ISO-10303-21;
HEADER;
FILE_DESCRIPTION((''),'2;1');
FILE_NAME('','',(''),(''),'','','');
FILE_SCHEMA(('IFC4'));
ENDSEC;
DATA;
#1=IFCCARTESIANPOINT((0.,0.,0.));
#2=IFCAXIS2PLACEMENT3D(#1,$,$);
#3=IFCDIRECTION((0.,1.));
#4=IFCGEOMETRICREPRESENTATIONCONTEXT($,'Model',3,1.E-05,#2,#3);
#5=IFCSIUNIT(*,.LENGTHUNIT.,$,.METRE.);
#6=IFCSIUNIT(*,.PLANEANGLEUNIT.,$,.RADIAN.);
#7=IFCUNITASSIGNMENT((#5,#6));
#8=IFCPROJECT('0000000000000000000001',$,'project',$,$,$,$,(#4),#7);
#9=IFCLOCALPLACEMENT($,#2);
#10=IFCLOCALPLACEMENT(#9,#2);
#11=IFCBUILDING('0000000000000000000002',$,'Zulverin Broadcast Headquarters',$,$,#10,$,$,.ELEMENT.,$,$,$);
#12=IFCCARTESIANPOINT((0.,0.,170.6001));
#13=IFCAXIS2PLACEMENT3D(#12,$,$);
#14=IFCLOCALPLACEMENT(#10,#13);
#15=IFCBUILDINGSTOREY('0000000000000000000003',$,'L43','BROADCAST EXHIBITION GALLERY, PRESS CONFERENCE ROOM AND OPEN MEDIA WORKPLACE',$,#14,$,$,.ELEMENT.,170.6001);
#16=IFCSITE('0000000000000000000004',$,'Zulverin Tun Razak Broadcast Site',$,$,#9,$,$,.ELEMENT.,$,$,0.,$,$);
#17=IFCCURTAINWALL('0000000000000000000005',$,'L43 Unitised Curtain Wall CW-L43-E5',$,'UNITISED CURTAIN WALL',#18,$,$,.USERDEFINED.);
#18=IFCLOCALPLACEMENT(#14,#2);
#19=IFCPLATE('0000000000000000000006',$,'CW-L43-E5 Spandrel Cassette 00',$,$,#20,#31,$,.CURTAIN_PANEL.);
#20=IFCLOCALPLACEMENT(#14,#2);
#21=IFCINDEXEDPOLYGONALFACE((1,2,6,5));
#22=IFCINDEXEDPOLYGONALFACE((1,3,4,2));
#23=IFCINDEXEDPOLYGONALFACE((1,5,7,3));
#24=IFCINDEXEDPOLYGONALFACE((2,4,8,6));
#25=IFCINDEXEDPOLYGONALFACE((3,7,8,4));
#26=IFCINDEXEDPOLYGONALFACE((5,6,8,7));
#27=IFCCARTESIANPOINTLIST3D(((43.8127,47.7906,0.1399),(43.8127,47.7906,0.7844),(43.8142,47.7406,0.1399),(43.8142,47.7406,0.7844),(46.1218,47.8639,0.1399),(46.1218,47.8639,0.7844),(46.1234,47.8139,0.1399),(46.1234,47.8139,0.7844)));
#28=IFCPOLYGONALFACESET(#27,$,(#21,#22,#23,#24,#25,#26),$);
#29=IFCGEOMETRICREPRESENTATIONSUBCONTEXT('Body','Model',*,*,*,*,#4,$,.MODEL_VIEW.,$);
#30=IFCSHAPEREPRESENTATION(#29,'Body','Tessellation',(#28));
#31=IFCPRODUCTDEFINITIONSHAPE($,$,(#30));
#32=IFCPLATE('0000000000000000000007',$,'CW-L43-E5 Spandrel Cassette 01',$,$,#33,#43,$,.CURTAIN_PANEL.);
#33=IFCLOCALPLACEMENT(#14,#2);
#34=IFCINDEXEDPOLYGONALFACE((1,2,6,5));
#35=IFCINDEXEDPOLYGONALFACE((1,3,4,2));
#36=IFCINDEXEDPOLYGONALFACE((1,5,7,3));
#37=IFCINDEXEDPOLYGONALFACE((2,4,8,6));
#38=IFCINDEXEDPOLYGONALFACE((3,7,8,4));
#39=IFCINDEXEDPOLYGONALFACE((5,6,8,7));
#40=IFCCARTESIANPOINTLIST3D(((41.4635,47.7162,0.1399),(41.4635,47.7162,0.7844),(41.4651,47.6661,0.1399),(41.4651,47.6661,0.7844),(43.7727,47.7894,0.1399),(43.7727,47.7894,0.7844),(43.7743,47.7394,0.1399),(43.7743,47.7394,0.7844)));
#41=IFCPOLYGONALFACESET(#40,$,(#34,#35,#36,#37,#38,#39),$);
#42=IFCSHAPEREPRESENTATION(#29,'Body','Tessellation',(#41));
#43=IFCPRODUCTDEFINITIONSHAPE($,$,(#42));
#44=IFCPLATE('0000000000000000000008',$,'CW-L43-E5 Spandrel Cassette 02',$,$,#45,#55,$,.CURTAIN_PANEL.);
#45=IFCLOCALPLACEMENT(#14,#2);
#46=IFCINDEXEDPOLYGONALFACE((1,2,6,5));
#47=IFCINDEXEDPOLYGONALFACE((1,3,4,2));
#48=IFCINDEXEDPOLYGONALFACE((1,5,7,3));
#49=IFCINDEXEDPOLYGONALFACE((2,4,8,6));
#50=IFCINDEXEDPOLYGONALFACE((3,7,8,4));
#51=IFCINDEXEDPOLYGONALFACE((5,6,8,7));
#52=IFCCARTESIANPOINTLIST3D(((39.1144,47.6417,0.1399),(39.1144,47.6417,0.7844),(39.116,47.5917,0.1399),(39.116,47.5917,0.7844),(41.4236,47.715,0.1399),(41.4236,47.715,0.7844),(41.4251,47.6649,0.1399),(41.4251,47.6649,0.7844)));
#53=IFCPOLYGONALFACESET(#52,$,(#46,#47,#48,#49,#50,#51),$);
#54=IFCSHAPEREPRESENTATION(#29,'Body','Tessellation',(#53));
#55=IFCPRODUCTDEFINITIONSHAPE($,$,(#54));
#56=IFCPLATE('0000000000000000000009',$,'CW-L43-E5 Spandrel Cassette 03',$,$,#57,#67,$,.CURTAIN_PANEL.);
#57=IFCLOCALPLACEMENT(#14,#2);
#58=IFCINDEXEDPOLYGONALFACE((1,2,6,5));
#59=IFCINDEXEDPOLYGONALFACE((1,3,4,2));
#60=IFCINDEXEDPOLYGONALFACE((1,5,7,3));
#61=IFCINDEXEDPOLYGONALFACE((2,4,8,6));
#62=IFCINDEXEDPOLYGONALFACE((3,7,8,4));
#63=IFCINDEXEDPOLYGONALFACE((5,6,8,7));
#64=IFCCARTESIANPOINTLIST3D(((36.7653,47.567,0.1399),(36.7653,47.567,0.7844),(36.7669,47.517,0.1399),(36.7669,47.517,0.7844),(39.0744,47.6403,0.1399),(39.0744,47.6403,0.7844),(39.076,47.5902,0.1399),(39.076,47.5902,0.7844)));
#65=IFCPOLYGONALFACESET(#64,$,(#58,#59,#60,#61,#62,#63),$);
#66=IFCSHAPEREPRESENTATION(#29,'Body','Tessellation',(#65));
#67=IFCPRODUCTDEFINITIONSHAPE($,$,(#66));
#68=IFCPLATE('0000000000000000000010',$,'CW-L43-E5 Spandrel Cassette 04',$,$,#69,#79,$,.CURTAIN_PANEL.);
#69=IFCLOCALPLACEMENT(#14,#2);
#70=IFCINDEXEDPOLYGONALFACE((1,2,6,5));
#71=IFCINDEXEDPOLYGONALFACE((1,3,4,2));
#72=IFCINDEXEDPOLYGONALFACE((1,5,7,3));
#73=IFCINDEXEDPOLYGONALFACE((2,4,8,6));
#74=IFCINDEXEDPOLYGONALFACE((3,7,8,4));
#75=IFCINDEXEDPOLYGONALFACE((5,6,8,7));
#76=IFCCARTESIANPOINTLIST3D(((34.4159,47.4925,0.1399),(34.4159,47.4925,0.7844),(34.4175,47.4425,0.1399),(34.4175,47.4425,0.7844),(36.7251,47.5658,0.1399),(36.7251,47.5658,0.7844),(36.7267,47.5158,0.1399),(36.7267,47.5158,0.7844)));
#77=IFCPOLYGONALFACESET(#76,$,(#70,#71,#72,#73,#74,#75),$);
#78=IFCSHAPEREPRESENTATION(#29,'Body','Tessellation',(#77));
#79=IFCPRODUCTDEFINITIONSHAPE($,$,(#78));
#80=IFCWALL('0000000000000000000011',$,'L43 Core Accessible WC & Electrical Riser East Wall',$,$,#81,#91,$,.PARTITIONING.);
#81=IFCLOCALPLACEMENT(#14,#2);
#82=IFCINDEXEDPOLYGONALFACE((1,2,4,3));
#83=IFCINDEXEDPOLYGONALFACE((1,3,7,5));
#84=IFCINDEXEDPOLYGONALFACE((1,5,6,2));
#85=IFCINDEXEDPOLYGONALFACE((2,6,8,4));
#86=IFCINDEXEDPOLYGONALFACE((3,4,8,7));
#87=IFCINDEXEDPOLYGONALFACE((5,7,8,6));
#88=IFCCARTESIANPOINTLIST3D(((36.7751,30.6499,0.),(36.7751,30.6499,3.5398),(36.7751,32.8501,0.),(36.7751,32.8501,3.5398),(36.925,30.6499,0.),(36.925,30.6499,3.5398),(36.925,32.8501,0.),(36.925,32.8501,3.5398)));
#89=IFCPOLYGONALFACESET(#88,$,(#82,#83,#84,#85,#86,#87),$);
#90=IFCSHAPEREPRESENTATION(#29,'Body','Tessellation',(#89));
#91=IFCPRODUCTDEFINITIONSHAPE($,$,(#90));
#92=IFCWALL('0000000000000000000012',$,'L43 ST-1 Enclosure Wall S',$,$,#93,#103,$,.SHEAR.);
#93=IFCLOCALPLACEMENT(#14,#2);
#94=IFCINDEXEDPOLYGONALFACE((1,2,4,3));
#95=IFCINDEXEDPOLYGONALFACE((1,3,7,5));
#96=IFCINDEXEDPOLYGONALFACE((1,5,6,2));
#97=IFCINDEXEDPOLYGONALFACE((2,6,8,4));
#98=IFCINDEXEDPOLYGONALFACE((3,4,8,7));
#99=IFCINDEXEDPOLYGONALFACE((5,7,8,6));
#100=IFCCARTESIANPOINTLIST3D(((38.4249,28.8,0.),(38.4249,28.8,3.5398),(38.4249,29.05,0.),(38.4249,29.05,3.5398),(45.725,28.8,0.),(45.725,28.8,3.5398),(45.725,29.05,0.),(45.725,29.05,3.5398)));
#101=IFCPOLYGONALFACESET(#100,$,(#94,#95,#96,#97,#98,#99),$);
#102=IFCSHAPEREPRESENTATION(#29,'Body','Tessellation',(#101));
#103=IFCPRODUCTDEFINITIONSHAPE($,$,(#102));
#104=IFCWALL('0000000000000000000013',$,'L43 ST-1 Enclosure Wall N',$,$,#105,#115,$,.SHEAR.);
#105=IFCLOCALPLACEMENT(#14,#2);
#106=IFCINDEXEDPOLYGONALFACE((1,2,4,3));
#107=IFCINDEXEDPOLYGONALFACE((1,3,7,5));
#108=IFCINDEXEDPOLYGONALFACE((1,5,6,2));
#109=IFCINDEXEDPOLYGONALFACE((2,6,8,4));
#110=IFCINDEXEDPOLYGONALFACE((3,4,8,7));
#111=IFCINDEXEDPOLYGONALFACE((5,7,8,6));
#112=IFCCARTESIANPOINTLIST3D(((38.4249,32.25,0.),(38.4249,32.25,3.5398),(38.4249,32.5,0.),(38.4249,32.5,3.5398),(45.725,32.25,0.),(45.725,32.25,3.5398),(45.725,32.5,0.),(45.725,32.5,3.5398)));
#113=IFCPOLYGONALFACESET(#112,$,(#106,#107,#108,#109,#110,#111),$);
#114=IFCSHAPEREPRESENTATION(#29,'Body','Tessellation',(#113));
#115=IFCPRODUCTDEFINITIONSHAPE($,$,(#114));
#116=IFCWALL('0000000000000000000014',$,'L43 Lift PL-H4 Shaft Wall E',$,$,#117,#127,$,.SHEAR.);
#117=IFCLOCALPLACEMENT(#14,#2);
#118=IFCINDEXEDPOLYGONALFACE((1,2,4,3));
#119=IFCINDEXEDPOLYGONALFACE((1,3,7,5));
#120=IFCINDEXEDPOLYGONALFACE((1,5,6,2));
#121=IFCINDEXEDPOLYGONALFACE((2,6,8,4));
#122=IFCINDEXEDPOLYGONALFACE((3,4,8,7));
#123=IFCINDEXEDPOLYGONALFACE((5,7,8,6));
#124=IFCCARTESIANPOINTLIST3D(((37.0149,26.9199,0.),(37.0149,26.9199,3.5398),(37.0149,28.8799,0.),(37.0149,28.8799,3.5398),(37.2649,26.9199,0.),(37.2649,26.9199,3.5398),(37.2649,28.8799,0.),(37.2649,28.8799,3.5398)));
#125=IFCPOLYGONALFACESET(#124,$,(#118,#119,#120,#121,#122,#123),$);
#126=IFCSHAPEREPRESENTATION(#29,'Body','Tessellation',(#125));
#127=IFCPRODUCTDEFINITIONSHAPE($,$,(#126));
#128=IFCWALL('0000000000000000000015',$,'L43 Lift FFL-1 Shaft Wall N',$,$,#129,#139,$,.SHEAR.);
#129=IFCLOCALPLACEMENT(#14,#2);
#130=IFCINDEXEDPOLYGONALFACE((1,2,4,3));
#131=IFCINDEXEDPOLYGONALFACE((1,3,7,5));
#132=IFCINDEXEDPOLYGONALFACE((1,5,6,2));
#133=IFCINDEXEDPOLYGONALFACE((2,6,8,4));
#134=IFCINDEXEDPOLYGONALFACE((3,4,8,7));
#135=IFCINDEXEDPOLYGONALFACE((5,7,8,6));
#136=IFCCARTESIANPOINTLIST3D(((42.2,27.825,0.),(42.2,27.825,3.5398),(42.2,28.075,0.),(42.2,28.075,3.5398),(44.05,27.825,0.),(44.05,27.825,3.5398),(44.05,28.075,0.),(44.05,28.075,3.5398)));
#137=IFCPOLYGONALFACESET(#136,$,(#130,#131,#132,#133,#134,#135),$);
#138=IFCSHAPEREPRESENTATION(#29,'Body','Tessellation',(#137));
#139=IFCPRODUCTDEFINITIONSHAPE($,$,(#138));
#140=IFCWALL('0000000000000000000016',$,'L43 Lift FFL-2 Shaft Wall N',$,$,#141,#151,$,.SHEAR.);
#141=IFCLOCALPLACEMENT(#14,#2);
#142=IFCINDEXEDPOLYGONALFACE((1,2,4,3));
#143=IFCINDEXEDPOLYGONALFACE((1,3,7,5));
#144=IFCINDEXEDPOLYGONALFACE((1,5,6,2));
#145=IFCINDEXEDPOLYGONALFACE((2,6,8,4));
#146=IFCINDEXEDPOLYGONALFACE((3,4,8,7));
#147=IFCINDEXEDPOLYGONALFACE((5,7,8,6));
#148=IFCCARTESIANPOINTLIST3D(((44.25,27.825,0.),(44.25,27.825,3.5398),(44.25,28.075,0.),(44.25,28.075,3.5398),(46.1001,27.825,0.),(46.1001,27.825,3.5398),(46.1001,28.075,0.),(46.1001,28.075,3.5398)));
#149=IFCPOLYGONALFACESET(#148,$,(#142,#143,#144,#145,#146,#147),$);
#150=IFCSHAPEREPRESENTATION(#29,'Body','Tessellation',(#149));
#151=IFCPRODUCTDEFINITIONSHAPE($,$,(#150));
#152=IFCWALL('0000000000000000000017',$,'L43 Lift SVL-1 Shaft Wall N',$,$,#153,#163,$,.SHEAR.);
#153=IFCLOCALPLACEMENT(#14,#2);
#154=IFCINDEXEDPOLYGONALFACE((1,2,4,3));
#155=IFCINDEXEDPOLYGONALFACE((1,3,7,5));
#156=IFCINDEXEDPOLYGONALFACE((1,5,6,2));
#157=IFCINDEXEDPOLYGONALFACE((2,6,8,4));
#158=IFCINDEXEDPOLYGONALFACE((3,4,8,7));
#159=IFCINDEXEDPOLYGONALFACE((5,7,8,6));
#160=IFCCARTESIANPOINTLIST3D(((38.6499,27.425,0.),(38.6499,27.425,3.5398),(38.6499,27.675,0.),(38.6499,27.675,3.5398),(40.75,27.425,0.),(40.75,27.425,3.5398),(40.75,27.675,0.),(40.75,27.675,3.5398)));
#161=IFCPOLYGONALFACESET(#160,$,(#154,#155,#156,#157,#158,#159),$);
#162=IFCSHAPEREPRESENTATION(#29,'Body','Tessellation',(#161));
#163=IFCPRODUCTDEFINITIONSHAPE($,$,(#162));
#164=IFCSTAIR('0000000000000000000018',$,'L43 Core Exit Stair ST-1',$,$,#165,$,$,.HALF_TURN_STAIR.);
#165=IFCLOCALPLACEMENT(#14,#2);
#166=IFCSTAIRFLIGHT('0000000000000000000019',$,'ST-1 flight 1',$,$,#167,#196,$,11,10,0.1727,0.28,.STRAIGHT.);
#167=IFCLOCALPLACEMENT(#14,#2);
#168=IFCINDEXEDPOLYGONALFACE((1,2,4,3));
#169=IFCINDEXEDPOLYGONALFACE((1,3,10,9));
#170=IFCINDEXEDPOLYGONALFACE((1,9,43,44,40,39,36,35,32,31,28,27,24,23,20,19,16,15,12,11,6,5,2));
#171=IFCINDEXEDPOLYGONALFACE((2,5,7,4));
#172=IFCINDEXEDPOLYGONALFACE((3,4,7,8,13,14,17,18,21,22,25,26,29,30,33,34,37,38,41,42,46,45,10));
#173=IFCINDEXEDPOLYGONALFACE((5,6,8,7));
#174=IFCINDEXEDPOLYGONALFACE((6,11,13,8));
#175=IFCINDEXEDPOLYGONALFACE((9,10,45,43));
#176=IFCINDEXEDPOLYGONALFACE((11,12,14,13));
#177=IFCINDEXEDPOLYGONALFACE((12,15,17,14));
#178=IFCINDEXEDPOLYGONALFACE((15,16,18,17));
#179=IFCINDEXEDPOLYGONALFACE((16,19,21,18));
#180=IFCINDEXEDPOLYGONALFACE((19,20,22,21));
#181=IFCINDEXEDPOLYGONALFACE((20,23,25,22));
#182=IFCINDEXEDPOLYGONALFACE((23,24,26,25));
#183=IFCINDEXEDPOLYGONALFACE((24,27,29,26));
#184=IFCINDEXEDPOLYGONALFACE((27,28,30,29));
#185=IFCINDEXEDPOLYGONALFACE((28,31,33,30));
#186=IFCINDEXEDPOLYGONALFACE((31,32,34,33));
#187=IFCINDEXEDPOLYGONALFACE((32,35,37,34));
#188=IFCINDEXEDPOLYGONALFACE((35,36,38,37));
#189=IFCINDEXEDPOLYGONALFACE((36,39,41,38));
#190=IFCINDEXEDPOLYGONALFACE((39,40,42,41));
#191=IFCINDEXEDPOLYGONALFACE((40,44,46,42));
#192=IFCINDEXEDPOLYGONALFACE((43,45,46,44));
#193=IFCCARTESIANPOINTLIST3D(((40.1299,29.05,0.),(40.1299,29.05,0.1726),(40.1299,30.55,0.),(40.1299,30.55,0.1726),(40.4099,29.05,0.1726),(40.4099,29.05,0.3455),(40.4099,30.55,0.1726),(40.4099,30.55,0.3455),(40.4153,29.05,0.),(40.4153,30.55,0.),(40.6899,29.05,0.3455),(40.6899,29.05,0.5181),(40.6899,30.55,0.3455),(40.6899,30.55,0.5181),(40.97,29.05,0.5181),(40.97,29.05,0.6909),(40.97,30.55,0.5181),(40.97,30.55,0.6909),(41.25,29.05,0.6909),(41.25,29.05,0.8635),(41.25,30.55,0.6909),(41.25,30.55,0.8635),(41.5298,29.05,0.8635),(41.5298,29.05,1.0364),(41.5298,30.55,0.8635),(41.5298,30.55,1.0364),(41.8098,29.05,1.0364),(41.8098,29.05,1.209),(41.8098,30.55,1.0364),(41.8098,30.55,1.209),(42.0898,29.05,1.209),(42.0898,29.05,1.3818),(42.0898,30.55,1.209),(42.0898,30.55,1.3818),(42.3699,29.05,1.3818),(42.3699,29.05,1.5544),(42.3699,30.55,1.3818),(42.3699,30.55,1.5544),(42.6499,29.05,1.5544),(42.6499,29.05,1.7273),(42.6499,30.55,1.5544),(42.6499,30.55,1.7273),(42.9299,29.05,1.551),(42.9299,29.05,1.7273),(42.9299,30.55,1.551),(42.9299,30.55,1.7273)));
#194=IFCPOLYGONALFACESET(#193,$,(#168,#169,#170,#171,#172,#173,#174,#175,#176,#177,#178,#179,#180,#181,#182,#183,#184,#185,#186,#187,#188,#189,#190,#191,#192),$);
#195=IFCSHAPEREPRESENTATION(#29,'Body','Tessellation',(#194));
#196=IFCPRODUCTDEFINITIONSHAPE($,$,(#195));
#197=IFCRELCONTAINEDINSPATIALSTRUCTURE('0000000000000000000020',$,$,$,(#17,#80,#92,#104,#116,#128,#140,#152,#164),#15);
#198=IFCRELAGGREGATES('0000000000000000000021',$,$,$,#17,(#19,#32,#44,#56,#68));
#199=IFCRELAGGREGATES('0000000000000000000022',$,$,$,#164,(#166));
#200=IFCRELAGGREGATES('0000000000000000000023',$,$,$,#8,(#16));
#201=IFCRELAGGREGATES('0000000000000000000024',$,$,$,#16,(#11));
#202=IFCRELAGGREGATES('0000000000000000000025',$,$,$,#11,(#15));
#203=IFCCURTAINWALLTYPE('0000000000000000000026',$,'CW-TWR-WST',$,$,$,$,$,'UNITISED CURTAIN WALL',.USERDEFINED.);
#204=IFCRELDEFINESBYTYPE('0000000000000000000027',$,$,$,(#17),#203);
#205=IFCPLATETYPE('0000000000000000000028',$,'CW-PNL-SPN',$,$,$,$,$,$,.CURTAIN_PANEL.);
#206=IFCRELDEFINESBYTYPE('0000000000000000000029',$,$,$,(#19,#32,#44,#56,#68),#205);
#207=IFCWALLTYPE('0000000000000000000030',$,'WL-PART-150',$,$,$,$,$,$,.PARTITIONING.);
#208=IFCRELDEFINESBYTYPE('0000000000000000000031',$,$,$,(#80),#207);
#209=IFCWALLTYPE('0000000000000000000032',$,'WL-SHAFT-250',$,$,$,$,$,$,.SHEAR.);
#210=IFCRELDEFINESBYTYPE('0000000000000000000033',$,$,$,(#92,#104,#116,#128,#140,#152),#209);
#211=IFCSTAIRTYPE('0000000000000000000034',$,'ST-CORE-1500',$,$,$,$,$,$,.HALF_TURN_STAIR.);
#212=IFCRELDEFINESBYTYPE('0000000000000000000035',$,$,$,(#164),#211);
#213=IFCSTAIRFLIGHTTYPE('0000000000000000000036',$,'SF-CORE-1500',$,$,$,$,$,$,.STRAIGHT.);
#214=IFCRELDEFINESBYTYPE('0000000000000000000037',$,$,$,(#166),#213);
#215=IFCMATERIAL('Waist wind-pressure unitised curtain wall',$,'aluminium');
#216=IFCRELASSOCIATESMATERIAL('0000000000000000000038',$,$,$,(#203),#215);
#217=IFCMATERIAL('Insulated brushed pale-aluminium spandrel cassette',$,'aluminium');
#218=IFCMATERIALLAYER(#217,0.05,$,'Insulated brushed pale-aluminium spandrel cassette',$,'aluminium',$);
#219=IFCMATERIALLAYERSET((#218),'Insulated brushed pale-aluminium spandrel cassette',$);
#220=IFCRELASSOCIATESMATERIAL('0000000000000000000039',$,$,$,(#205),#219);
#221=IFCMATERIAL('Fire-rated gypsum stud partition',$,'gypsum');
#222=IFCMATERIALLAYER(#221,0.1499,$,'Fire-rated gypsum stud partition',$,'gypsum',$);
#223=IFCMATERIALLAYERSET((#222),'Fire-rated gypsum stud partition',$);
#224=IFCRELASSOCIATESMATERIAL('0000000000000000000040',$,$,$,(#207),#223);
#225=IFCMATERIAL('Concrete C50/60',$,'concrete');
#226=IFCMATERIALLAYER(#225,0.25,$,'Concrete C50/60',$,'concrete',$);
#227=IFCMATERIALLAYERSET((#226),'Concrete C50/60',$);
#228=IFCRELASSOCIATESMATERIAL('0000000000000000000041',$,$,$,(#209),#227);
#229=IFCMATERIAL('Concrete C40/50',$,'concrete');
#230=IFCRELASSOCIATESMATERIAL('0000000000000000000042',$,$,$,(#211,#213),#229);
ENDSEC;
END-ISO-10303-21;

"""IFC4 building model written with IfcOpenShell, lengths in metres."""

from ifc_helpers import new_model, si_unit, direction, frame, frame_2d, origin, origin_2d, place, context, subcontext, project, spatial, polyline, rectangle, outline, extrude, material, layer, layer_set, type_object, element, aggregate, save


model = new_model("IFC4")

# Units and contexts
model_context = context("Model", 3, precision=1e-05, world=origin(), true_north=direction((0.0, 1.0)))
body_context = subcontext(model_context, "Body", "Model", "MODEL_VIEW")
ifc_project = project(units=[si_unit("LENGTHUNIT", "METRE"), si_unit("PLANEANGLEUNIT", "RADIAN")], contexts=[model_context])

# Site, building, storey
site_placement = place(None, origin())
site = spatial("IfcSite", under=ifc_project, at=site_placement, Name="Zulverin Tun Razak Broadcast Site", CompositionType="ELEMENT", RefElevation=0.0)
building_placement = place(site_placement, origin())
building = spatial("IfcBuilding", under=site, at=building_placement, Name="Zulverin Broadcast Headquarters", CompositionType="ELEMENT")
storey_placement = place(building_placement, frame((0.0, 0.0, 170.6001)))
storey = spatial("IfcBuildingStorey", under=building, at=storey_placement, Name="L43", Description="BROADCAST EXHIBITION GALLERY, PRESS CONFERENCE ROOM AND OPEN MEDIA WORKPLACE", CompositionType="ELEMENT", Elevation=170.6001)

# Shared definitions
ifc_material_1 = material(Name="Concrete C50/60", Category="concrete")

# Shared definitions
ifc_material_2 = material(Name="Concrete C40/50", Category="concrete")

# Curtain wall, plates
ifc_material_3 = material(Name="Waist wind-pressure unitised curtain wall", Category="aluminium")
curtain_wall_type = type_object("IfcCurtainWallType", Name="CW-TWR-WST", ElementType="UNITISED CURTAIN WALL", PredefinedType="USERDEFINED", material=ifc_material_3)
curtain_wall_placement = place(storey_placement, origin())
curtain_wall = element("IfcCurtainWall", 1, at=curtain_wall_placement, inside=storey, type_object=curtain_wall_type, Name="L43 Unitised Curtain Wall CW-L43-E5", ObjectType="UNITISED CURTAIN WALL", PredefinedType="USERDEFINED")
ifc_material_4 = material(Name="Insulated brushed pale-aluminium spandrel cassette", Category="aluminium")
ifc_layer_1 = layer(ifc_material_4, 0.05, Name="Insulated brushed pale-aluminium spandrel cassette", Category="aluminium")
ifc_layer_set_1 = layer_set([ifc_layer_1], Name="Insulated brushed pale-aluminium spandrel cassette")
plate_type_1 = type_object("IfcPlateType", Name="CW-PNL-SPN", PredefinedType="CURTAIN_PANEL", material=ifc_layer_set_1)
plate_1_placement = place(storey_placement, frame((44.968, 47.8022, 0.1399), z_axis=(0.0, 0.0, 1.0), x_axis=(-0.999497, -0.031709, 0.0)))
plate_1 = element("IfcPlate", 2, at=plate_1_placement, type_object=plate_type_1, Name="CW-L43-E5 Spandrel Cassette 00", PredefinedType="CURTAIN_PANEL", context=body_context, shape_type="SweptSolid", body=[
    extrude(rectangle(XDim=2.3103, YDim=0.05, at=origin_2d()), origin(), (0.0, 0.0, 1.0), 0.6445),
])
plate_2_placement = place(storey_placement, frame((42.6189, 47.7278, 0.1399), z_axis=(0.0, 0.0, 1.0), x_axis=(-0.999497, -0.031709, 0.0)))
plate_2 = element("IfcPlate", 3, at=plate_2_placement, type_object=plate_type_1, Name="CW-L43-E5 Spandrel Cassette 01", PredefinedType="CURTAIN_PANEL", context=body_context, shape_type="SweptSolid", body=[
    extrude(rectangle(XDim=2.3103, YDim=0.05, at=origin_2d()), origin(), (0.0, 0.0, 1.0), 0.6445),
])
plate_3_placement = place(storey_placement, frame((40.2698, 47.6533, 0.1399), z_axis=(0.0, 0.0, 1.0), x_axis=(-0.999497, -0.031709, 0.0)))
plate_3 = element("IfcPlate", 4, at=plate_3_placement, type_object=plate_type_1, Name="CW-L43-E5 Spandrel Cassette 02", PredefinedType="CURTAIN_PANEL", context=body_context, shape_type="SweptSolid", body=[
    extrude(rectangle(XDim=2.3103, YDim=0.05, at=origin_2d()), origin(), (0.0, 0.0, 1.0), 0.6445),
])
plate_4_placement = place(storey_placement, frame((37.9207, 47.5786, 0.1399), z_axis=(0.0, 0.0, 1.0), x_axis=(-0.999497, -0.031709, 0.0)))
plate_4 = element("IfcPlate", 5, at=plate_4_placement, type_object=plate_type_1, Name="CW-L43-E5 Spandrel Cassette 03", PredefinedType="CURTAIN_PANEL", context=body_context, shape_type="SweptSolid", body=[
    extrude(rectangle(XDim=2.3103, YDim=0.05, at=origin_2d()), origin(), (0.0, 0.0, 1.0), 0.6445),
])
plate_5_placement = place(storey_placement, frame((35.5713, 47.5042, 0.1399), z_axis=(0.0, 0.0, 1.0), x_axis=(-0.999497, -0.031709, 0.0)))
plate_5 = element("IfcPlate", 6, at=plate_5_placement, type_object=plate_type_1, Name="CW-L43-E5 Spandrel Cassette 04", PredefinedType="CURTAIN_PANEL", context=body_context, shape_type="SweptSolid", body=[
    extrude(rectangle(XDim=2.3103, YDim=0.05, at=origin_2d()), origin(), (0.0, 0.0, 1.0), 0.6445),
])
aggregate(curtain_wall, [plate_1, plate_2, plate_3, plate_4, plate_5])

# Walls
ifc_material_5 = material(Name="Fire-rated gypsum stud partition", Category="gypsum")
ifc_layer_2 = layer(ifc_material_5, 0.1499, Name="Fire-rated gypsum stud partition", Category="gypsum")
ifc_layer_set_2 = layer_set([ifc_layer_2], Name="Fire-rated gypsum stud partition")
wall_type_1 = type_object("IfcWallType", Name="WL-PART-150", PredefinedType="PARTITIONING", material=ifc_layer_set_2)
wall_1_placement = place(storey_placement, frame((36.8501, 30.6499, 0.0), z_axis=(0.0, 0.0, 1.0), x_axis=(0.0, 1.0, 0.0)))
element("IfcWall", 7, at=wall_1_placement, inside=storey, type_object=wall_type_1, Name="L43 Core Accessible WC & Electrical Riser East Wall", PredefinedType="PARTITIONING", context=body_context, shape_type="SweptSolid", body=[
    extrude(rectangle(XDim=2.2002, YDim=0.1499, at=frame_2d((1.1001, 0.0))), origin(), (0.0, 0.0, 1.0), 3.5398),
])
ifc_layer_3 = layer(ifc_material_1, 0.25, Name="Concrete C50/60", Category="concrete")
ifc_layer_set_3 = layer_set([ifc_layer_3], Name="Concrete C50/60")
wall_type_2 = type_object("IfcWallType", Name="WL-SHAFT-250", PredefinedType="SHEAR", material=ifc_layer_set_3)
for number, where, z_axis, x_axis, name in (
    (8, (38.425, 28.925, 0.0), (0.0, 0.0, 1.0), (1.0, 0.0, 0.0), "L43 ST-1 Enclosure Wall S"),
    (9, (38.425, 32.375, 0.0), (0.0, 0.0, 1.0), (1.0, 0.0, 0.0), "L43 ST-1 Enclosure Wall N"),
):
    element("IfcWall", number, at=place(storey_placement, frame(where, z_axis=z_axis, x_axis=x_axis)), inside=storey, type_object=wall_type_2, Name=name, PredefinedType="SHEAR", context=body_context, shape_type="SweptSolid", body=[
        extrude(rectangle(XDim=7.3, YDim=0.25, at=frame_2d((3.6499, 0.0))), origin(), (0.0, 0.0, 1.0), 3.5398),
    ])

# Walls
wall_2_placement = place(storey_placement, frame((37.1399, 26.9199, 0.0), z_axis=(0.0, 0.0, 1.0), x_axis=(0.0, 1.0, 0.0)))
element("IfcWall", 10, at=wall_2_placement, inside=storey, type_object=wall_type_2, Name="L43 Lift PL-H4 Shaft Wall E", PredefinedType="SHEAR", context=body_context, shape_type="SweptSolid", body=[
    extrude(rectangle(XDim=1.96, YDim=0.25, at=frame_2d((0.98, 0.0))), origin(), (0.0, 0.0, 1.0), 3.5398),
])
for number, where, z_axis, x_axis, name in (
    (11, (42.2, 27.95, 0.0), (0.0, 0.0, 1.0), (1.0, 0.0, 0.0), "L43 Lift FFL-1 Shaft Wall N"),
    (12, (44.25, 27.95, 0.0), (0.0, 0.0, 1.0), (1.0, 0.0, 0.0), "L43 Lift FFL-2 Shaft Wall N"),
):
    element("IfcWall", number, at=place(storey_placement, frame(where, z_axis=z_axis, x_axis=x_axis)), inside=storey, type_object=wall_type_2, Name=name, PredefinedType="SHEAR", context=body_context, shape_type="SweptSolid", body=[
        extrude(rectangle(XDim=1.8501, YDim=0.25, at=frame_2d((0.925, 0.0))), origin(), (0.0, 0.0, 1.0), 3.5398),
    ])
wall_3_placement = place(storey_placement, frame((38.6499, 27.55, 0.0), z_axis=(0.0, 0.0, 1.0), x_axis=(1.0, 0.0, 0.0)))
element("IfcWall", 13, at=wall_3_placement, inside=storey, type_object=wall_type_2, Name="L43 Lift SVL-1 Shaft Wall N", PredefinedType="SHEAR", context=body_context, shape_type="SweptSolid", body=[
    extrude(rectangle(XDim=2.1001, YDim=0.25, at=frame_2d((1.05, 0.0))), origin(), (0.0, 0.0, 1.0), 3.5398),
])

# Stair, stair flight
stair_type = type_object("IfcStairType", Name="ST-CORE-1500", PredefinedType="HALF_TURN_STAIR", material=ifc_material_2)
stair_placement = place(storey_placement, origin())
stair = element("IfcStair", 14, at=stair_placement, inside=storey, type_object=stair_type, Name="L43 Core Exit Stair ST-1", PredefinedType="HALF_TURN_STAIR")
stair_flight_type = type_object("IfcStairFlightType", Name="SF-CORE-1500", PredefinedType="STRAIGHT", material=ifc_material_2)
stair_flight_1_placement = place(storey_placement, frame((40.1299, 29.8, 0.0), z_axis=(0.0, 0.0, 1.0), x_axis=(1.0, 0.0, 0.0)))
stair_flight_1 = element("IfcStairFlight", 15, at=stair_flight_1_placement, type_object=stair_flight_type, Name="ST-1 flight 1", NumberOfRisers=11, NumberOfTreads=10, PredefinedType="STRAIGHT", RiserHeight=0.1727, TreadLength=0.28, context=body_context, shape_type="SweptSolid", body=[
    extrude(outline(polyline([(0.0, 0.0), (0.0, 0.1726), (0.28, 0.1726), (0.28, 0.3455), (0.5601, 0.3455), (0.5601, 0.5181), (0.8401, 0.5181), (0.8401, 0.6909), (1.1201, 0.6909), (1.1201, 0.8635), (1.3999, 0.8635), (1.3999, 1.0364), (1.6799, 1.0364), (1.6799, 1.209), (1.96, 1.209), (1.96, 1.3818), (2.24, 1.3818), (2.24, 1.5544), (2.52, 1.5544), (2.52, 1.7273), (2.8, 1.7273), (2.8, 1.8999), (2.8, 1.551), (0.2854, 0.0), (0.0, 0.0)])), frame((0.0, 0.75, 0.0), z_axis=(0.0, -1.0, 0.0), x_axis=(1.0, 0.0, 0.0)), (0.0, 0.0, 1.0), 1.5),
])
aggregate(stair, [stair_flight_1])

save(model, "model.ifc")
